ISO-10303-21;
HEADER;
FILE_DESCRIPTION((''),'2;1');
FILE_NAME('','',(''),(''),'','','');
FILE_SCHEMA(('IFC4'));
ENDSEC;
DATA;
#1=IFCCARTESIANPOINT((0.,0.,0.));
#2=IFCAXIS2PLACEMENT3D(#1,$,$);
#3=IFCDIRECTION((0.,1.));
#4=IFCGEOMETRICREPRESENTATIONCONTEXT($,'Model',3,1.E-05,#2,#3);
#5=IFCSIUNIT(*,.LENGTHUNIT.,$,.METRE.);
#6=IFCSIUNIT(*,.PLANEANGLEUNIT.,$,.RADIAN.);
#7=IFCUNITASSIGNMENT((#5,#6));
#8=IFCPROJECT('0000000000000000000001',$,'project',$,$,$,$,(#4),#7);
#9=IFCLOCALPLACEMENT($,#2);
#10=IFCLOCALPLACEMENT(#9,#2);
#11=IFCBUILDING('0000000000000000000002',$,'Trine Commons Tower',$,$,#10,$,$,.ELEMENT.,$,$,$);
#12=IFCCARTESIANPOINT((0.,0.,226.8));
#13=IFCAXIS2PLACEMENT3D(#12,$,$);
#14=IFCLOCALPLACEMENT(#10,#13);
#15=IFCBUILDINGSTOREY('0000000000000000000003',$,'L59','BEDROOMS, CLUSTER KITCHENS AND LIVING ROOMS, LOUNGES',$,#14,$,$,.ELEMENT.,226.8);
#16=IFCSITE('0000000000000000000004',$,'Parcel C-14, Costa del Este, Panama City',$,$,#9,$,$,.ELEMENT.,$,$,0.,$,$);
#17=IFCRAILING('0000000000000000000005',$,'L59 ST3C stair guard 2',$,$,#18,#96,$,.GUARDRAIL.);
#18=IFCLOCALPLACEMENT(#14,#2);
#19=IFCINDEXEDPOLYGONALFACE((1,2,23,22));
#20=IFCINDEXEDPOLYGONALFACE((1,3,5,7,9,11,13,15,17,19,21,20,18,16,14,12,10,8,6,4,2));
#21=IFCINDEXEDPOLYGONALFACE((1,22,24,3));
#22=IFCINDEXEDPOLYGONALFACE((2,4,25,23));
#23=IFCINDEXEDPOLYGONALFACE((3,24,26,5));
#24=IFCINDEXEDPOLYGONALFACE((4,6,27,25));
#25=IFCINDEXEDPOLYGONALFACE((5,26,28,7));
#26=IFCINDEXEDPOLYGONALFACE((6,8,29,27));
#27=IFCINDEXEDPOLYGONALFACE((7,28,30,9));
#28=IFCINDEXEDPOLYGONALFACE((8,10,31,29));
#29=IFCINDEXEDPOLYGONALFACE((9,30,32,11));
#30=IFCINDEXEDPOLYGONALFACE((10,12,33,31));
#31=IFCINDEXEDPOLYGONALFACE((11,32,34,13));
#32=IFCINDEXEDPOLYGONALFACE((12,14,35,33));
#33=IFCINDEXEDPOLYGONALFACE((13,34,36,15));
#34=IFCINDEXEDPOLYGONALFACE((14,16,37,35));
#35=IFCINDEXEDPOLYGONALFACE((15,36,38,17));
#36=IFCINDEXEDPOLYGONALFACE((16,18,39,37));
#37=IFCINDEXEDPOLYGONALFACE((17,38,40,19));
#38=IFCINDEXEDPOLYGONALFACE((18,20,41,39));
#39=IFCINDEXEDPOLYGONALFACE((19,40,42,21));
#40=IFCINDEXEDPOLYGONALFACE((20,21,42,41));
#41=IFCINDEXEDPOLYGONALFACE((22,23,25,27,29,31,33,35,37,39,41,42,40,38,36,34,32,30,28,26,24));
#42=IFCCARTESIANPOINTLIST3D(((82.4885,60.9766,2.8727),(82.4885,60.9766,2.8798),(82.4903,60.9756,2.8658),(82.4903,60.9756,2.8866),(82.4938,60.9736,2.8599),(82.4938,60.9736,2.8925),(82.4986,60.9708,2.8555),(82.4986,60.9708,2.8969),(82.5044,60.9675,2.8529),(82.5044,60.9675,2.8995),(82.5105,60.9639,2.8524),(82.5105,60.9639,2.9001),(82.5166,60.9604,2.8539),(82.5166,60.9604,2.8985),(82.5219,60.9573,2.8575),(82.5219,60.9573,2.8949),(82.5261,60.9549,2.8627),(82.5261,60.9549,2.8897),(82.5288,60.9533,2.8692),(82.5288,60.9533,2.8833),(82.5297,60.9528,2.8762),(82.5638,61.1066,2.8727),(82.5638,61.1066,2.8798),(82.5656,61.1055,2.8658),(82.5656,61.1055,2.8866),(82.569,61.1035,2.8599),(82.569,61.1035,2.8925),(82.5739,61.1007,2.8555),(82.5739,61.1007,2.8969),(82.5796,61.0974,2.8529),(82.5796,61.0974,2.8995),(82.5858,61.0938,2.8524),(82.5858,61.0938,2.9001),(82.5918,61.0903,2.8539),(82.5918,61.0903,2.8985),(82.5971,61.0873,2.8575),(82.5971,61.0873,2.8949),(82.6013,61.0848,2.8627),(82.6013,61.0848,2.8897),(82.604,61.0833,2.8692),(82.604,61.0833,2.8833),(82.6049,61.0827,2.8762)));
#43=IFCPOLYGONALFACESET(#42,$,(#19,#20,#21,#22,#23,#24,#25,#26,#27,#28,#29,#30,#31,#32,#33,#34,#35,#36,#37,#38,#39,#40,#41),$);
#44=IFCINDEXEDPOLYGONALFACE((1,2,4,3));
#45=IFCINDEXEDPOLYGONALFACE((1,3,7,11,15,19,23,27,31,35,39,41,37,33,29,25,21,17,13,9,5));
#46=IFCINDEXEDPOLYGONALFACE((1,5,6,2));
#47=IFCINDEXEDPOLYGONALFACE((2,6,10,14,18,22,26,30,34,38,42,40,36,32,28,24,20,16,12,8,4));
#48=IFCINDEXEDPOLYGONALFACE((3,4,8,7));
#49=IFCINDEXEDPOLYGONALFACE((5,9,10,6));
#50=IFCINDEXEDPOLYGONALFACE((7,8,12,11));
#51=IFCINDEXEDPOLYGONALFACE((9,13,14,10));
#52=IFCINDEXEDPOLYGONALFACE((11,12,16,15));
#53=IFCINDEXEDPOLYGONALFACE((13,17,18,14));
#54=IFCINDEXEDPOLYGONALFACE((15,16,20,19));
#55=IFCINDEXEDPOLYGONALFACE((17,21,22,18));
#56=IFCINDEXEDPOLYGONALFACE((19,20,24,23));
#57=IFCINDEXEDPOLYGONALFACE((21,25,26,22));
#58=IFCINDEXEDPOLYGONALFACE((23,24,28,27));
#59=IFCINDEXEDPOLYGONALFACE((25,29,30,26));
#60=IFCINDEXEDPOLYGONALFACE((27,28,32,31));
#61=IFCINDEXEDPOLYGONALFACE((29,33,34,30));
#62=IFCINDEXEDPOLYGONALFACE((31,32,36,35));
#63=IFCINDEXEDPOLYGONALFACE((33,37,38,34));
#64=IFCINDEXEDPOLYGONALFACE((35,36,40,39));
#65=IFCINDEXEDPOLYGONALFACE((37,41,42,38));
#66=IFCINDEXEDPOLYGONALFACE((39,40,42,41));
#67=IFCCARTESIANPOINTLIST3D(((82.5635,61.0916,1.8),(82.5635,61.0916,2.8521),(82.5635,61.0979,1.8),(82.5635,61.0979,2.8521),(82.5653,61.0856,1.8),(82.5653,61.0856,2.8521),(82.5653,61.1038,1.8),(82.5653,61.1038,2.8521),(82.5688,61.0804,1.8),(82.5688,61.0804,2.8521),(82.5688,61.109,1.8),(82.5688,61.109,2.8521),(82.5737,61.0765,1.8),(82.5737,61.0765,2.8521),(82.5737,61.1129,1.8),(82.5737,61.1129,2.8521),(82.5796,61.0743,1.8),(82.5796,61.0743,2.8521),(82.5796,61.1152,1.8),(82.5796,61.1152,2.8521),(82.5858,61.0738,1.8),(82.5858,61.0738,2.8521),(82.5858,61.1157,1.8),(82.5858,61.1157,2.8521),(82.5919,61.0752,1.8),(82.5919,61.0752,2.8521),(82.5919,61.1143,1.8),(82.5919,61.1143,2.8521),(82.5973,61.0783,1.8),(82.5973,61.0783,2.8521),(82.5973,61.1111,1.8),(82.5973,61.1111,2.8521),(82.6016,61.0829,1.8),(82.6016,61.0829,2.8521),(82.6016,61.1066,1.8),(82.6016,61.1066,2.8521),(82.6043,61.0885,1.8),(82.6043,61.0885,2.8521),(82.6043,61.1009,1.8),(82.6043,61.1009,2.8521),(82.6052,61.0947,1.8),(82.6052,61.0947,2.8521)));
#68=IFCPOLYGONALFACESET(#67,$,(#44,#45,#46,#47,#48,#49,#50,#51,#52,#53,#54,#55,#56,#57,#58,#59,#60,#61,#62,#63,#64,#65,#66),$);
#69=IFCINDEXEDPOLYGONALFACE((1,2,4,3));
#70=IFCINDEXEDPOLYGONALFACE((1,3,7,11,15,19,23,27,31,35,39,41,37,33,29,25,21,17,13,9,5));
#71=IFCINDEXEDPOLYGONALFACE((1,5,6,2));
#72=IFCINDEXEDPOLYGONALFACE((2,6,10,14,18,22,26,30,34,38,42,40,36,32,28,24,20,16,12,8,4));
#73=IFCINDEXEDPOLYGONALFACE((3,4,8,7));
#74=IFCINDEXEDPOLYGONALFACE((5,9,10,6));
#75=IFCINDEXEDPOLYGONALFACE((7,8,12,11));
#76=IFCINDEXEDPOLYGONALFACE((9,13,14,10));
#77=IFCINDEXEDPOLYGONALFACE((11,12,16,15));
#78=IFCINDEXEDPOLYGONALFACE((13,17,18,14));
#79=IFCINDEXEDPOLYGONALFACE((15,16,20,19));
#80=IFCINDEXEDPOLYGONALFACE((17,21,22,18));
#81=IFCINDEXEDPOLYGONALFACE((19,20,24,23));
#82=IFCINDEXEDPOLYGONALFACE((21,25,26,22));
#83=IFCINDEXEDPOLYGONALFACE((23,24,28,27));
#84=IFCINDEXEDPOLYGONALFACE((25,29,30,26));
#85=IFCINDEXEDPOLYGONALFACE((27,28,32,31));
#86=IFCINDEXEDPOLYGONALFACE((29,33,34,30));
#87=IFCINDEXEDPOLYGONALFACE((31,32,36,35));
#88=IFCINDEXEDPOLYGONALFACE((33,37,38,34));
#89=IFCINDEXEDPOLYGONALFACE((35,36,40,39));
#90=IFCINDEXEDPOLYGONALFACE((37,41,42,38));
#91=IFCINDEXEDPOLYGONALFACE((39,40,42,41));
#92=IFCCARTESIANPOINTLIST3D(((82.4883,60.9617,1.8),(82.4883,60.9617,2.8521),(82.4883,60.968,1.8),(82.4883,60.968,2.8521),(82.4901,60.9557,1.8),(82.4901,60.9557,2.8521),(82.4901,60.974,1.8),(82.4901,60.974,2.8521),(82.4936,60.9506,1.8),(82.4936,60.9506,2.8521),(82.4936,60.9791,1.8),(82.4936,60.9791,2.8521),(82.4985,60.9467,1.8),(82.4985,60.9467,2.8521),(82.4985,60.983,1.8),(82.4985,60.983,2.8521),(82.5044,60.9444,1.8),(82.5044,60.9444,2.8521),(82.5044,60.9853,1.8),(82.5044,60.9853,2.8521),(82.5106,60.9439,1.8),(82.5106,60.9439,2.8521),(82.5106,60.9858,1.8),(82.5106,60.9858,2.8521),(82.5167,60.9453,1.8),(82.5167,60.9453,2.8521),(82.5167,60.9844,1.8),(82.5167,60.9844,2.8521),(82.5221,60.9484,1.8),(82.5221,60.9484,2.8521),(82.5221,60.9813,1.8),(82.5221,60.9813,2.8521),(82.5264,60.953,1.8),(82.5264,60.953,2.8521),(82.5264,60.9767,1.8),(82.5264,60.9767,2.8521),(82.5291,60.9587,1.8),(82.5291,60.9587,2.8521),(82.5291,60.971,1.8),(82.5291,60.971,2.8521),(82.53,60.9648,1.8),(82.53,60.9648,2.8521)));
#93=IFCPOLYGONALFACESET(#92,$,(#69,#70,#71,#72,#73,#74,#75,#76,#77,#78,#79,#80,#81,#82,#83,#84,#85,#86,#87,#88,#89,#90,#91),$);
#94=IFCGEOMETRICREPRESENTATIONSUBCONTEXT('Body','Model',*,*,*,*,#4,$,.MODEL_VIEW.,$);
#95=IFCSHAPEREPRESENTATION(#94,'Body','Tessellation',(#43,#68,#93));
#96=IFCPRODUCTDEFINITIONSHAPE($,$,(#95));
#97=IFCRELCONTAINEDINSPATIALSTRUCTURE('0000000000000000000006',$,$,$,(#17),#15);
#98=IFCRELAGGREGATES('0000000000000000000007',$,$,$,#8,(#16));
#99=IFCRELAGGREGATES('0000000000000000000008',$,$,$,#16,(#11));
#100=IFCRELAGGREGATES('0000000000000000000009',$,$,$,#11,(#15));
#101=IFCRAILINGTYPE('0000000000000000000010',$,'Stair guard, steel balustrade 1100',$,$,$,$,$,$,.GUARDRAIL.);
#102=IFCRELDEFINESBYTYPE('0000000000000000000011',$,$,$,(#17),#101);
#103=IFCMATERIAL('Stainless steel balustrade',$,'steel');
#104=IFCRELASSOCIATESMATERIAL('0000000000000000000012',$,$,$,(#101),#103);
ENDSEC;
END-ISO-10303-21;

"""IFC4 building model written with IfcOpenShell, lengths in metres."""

from ifc_helpers import new_model, si_unit, direction, frame, origin, origin_2d, place, context, subcontext, project, spatial, circle, extrude, material, type_object, element, save


model = new_model("IFC4")

# Units and contexts
model_context = context("Model", 3, precision=1e-05, world=origin(), true_north=direction((0.0, 1.0)))
body_context = subcontext(model_context, "Body", "Model", "MODEL_VIEW")
ifc_project = project(units=[si_unit("LENGTHUNIT", "METRE"), si_unit("PLANEANGLEUNIT", "RADIAN")], contexts=[model_context])

# Site, building, storey
site_placement = place(None, origin())
site = spatial("IfcSite", under=ifc_project, at=site_placement, Name="Parcel C-14, Costa del Este, Panama City", CompositionType="ELEMENT", RefElevation=0.0)
building_placement = place(site_placement, origin())
building = spatial("IfcBuilding", under=site, at=building_placement, Name="Trine Commons Tower", CompositionType="ELEMENT")
storey_placement = place(building_placement, frame((0.0, 0.0, 226.8)))
storey = spatial("IfcBuildingStorey", under=building, at=storey_placement, Name="L59", Description="BEDROOMS, CLUSTER KITCHENS AND LIVING ROOMS, LOUNGES", CompositionType="ELEMENT", Elevation=226.8)

# Railing
ifc_material_1 = material(Name="Stainless steel balustrade", Category="steel")
railing_type_1 = type_object("IfcRailingType", Name="Stair guard, steel balustrade 1100", PredefinedType="GUARDRAIL", material=ifc_material_1)
railing_1_placement = place(storey_placement, frame((82.5842, 61.0947, 1.8)))
element("IfcRailing", 1, at=railing_1_placement, inside=storey, type_object=railing_type_1, Name="L59 ST3C stair guard 2", PredefinedType="GUARDRAIL", context=body_context, shape_type="SweptSolid", body=[
    extrude(circle(Radius=0.0239, at=origin_2d()), frame((0.0, 0.0, 1.0762), z_axis=(-0.501036, -0.865426, 0.0), x_axis=(0.865426, -0.501036, 0.0)), (0.0, 0.0, 1.0), 0.1501),
    extrude(circle(Radius=0.021, at=origin_2d()), origin(), (0.0, 0.0, 1.0), 1.052),
    extrude(circle(Radius=0.021, at=origin_2d()), frame((-0.0752, -0.1299, 0.0)), (0.0, 0.0, 1.0), 1.052),
])

save(model, "model.ifc")
